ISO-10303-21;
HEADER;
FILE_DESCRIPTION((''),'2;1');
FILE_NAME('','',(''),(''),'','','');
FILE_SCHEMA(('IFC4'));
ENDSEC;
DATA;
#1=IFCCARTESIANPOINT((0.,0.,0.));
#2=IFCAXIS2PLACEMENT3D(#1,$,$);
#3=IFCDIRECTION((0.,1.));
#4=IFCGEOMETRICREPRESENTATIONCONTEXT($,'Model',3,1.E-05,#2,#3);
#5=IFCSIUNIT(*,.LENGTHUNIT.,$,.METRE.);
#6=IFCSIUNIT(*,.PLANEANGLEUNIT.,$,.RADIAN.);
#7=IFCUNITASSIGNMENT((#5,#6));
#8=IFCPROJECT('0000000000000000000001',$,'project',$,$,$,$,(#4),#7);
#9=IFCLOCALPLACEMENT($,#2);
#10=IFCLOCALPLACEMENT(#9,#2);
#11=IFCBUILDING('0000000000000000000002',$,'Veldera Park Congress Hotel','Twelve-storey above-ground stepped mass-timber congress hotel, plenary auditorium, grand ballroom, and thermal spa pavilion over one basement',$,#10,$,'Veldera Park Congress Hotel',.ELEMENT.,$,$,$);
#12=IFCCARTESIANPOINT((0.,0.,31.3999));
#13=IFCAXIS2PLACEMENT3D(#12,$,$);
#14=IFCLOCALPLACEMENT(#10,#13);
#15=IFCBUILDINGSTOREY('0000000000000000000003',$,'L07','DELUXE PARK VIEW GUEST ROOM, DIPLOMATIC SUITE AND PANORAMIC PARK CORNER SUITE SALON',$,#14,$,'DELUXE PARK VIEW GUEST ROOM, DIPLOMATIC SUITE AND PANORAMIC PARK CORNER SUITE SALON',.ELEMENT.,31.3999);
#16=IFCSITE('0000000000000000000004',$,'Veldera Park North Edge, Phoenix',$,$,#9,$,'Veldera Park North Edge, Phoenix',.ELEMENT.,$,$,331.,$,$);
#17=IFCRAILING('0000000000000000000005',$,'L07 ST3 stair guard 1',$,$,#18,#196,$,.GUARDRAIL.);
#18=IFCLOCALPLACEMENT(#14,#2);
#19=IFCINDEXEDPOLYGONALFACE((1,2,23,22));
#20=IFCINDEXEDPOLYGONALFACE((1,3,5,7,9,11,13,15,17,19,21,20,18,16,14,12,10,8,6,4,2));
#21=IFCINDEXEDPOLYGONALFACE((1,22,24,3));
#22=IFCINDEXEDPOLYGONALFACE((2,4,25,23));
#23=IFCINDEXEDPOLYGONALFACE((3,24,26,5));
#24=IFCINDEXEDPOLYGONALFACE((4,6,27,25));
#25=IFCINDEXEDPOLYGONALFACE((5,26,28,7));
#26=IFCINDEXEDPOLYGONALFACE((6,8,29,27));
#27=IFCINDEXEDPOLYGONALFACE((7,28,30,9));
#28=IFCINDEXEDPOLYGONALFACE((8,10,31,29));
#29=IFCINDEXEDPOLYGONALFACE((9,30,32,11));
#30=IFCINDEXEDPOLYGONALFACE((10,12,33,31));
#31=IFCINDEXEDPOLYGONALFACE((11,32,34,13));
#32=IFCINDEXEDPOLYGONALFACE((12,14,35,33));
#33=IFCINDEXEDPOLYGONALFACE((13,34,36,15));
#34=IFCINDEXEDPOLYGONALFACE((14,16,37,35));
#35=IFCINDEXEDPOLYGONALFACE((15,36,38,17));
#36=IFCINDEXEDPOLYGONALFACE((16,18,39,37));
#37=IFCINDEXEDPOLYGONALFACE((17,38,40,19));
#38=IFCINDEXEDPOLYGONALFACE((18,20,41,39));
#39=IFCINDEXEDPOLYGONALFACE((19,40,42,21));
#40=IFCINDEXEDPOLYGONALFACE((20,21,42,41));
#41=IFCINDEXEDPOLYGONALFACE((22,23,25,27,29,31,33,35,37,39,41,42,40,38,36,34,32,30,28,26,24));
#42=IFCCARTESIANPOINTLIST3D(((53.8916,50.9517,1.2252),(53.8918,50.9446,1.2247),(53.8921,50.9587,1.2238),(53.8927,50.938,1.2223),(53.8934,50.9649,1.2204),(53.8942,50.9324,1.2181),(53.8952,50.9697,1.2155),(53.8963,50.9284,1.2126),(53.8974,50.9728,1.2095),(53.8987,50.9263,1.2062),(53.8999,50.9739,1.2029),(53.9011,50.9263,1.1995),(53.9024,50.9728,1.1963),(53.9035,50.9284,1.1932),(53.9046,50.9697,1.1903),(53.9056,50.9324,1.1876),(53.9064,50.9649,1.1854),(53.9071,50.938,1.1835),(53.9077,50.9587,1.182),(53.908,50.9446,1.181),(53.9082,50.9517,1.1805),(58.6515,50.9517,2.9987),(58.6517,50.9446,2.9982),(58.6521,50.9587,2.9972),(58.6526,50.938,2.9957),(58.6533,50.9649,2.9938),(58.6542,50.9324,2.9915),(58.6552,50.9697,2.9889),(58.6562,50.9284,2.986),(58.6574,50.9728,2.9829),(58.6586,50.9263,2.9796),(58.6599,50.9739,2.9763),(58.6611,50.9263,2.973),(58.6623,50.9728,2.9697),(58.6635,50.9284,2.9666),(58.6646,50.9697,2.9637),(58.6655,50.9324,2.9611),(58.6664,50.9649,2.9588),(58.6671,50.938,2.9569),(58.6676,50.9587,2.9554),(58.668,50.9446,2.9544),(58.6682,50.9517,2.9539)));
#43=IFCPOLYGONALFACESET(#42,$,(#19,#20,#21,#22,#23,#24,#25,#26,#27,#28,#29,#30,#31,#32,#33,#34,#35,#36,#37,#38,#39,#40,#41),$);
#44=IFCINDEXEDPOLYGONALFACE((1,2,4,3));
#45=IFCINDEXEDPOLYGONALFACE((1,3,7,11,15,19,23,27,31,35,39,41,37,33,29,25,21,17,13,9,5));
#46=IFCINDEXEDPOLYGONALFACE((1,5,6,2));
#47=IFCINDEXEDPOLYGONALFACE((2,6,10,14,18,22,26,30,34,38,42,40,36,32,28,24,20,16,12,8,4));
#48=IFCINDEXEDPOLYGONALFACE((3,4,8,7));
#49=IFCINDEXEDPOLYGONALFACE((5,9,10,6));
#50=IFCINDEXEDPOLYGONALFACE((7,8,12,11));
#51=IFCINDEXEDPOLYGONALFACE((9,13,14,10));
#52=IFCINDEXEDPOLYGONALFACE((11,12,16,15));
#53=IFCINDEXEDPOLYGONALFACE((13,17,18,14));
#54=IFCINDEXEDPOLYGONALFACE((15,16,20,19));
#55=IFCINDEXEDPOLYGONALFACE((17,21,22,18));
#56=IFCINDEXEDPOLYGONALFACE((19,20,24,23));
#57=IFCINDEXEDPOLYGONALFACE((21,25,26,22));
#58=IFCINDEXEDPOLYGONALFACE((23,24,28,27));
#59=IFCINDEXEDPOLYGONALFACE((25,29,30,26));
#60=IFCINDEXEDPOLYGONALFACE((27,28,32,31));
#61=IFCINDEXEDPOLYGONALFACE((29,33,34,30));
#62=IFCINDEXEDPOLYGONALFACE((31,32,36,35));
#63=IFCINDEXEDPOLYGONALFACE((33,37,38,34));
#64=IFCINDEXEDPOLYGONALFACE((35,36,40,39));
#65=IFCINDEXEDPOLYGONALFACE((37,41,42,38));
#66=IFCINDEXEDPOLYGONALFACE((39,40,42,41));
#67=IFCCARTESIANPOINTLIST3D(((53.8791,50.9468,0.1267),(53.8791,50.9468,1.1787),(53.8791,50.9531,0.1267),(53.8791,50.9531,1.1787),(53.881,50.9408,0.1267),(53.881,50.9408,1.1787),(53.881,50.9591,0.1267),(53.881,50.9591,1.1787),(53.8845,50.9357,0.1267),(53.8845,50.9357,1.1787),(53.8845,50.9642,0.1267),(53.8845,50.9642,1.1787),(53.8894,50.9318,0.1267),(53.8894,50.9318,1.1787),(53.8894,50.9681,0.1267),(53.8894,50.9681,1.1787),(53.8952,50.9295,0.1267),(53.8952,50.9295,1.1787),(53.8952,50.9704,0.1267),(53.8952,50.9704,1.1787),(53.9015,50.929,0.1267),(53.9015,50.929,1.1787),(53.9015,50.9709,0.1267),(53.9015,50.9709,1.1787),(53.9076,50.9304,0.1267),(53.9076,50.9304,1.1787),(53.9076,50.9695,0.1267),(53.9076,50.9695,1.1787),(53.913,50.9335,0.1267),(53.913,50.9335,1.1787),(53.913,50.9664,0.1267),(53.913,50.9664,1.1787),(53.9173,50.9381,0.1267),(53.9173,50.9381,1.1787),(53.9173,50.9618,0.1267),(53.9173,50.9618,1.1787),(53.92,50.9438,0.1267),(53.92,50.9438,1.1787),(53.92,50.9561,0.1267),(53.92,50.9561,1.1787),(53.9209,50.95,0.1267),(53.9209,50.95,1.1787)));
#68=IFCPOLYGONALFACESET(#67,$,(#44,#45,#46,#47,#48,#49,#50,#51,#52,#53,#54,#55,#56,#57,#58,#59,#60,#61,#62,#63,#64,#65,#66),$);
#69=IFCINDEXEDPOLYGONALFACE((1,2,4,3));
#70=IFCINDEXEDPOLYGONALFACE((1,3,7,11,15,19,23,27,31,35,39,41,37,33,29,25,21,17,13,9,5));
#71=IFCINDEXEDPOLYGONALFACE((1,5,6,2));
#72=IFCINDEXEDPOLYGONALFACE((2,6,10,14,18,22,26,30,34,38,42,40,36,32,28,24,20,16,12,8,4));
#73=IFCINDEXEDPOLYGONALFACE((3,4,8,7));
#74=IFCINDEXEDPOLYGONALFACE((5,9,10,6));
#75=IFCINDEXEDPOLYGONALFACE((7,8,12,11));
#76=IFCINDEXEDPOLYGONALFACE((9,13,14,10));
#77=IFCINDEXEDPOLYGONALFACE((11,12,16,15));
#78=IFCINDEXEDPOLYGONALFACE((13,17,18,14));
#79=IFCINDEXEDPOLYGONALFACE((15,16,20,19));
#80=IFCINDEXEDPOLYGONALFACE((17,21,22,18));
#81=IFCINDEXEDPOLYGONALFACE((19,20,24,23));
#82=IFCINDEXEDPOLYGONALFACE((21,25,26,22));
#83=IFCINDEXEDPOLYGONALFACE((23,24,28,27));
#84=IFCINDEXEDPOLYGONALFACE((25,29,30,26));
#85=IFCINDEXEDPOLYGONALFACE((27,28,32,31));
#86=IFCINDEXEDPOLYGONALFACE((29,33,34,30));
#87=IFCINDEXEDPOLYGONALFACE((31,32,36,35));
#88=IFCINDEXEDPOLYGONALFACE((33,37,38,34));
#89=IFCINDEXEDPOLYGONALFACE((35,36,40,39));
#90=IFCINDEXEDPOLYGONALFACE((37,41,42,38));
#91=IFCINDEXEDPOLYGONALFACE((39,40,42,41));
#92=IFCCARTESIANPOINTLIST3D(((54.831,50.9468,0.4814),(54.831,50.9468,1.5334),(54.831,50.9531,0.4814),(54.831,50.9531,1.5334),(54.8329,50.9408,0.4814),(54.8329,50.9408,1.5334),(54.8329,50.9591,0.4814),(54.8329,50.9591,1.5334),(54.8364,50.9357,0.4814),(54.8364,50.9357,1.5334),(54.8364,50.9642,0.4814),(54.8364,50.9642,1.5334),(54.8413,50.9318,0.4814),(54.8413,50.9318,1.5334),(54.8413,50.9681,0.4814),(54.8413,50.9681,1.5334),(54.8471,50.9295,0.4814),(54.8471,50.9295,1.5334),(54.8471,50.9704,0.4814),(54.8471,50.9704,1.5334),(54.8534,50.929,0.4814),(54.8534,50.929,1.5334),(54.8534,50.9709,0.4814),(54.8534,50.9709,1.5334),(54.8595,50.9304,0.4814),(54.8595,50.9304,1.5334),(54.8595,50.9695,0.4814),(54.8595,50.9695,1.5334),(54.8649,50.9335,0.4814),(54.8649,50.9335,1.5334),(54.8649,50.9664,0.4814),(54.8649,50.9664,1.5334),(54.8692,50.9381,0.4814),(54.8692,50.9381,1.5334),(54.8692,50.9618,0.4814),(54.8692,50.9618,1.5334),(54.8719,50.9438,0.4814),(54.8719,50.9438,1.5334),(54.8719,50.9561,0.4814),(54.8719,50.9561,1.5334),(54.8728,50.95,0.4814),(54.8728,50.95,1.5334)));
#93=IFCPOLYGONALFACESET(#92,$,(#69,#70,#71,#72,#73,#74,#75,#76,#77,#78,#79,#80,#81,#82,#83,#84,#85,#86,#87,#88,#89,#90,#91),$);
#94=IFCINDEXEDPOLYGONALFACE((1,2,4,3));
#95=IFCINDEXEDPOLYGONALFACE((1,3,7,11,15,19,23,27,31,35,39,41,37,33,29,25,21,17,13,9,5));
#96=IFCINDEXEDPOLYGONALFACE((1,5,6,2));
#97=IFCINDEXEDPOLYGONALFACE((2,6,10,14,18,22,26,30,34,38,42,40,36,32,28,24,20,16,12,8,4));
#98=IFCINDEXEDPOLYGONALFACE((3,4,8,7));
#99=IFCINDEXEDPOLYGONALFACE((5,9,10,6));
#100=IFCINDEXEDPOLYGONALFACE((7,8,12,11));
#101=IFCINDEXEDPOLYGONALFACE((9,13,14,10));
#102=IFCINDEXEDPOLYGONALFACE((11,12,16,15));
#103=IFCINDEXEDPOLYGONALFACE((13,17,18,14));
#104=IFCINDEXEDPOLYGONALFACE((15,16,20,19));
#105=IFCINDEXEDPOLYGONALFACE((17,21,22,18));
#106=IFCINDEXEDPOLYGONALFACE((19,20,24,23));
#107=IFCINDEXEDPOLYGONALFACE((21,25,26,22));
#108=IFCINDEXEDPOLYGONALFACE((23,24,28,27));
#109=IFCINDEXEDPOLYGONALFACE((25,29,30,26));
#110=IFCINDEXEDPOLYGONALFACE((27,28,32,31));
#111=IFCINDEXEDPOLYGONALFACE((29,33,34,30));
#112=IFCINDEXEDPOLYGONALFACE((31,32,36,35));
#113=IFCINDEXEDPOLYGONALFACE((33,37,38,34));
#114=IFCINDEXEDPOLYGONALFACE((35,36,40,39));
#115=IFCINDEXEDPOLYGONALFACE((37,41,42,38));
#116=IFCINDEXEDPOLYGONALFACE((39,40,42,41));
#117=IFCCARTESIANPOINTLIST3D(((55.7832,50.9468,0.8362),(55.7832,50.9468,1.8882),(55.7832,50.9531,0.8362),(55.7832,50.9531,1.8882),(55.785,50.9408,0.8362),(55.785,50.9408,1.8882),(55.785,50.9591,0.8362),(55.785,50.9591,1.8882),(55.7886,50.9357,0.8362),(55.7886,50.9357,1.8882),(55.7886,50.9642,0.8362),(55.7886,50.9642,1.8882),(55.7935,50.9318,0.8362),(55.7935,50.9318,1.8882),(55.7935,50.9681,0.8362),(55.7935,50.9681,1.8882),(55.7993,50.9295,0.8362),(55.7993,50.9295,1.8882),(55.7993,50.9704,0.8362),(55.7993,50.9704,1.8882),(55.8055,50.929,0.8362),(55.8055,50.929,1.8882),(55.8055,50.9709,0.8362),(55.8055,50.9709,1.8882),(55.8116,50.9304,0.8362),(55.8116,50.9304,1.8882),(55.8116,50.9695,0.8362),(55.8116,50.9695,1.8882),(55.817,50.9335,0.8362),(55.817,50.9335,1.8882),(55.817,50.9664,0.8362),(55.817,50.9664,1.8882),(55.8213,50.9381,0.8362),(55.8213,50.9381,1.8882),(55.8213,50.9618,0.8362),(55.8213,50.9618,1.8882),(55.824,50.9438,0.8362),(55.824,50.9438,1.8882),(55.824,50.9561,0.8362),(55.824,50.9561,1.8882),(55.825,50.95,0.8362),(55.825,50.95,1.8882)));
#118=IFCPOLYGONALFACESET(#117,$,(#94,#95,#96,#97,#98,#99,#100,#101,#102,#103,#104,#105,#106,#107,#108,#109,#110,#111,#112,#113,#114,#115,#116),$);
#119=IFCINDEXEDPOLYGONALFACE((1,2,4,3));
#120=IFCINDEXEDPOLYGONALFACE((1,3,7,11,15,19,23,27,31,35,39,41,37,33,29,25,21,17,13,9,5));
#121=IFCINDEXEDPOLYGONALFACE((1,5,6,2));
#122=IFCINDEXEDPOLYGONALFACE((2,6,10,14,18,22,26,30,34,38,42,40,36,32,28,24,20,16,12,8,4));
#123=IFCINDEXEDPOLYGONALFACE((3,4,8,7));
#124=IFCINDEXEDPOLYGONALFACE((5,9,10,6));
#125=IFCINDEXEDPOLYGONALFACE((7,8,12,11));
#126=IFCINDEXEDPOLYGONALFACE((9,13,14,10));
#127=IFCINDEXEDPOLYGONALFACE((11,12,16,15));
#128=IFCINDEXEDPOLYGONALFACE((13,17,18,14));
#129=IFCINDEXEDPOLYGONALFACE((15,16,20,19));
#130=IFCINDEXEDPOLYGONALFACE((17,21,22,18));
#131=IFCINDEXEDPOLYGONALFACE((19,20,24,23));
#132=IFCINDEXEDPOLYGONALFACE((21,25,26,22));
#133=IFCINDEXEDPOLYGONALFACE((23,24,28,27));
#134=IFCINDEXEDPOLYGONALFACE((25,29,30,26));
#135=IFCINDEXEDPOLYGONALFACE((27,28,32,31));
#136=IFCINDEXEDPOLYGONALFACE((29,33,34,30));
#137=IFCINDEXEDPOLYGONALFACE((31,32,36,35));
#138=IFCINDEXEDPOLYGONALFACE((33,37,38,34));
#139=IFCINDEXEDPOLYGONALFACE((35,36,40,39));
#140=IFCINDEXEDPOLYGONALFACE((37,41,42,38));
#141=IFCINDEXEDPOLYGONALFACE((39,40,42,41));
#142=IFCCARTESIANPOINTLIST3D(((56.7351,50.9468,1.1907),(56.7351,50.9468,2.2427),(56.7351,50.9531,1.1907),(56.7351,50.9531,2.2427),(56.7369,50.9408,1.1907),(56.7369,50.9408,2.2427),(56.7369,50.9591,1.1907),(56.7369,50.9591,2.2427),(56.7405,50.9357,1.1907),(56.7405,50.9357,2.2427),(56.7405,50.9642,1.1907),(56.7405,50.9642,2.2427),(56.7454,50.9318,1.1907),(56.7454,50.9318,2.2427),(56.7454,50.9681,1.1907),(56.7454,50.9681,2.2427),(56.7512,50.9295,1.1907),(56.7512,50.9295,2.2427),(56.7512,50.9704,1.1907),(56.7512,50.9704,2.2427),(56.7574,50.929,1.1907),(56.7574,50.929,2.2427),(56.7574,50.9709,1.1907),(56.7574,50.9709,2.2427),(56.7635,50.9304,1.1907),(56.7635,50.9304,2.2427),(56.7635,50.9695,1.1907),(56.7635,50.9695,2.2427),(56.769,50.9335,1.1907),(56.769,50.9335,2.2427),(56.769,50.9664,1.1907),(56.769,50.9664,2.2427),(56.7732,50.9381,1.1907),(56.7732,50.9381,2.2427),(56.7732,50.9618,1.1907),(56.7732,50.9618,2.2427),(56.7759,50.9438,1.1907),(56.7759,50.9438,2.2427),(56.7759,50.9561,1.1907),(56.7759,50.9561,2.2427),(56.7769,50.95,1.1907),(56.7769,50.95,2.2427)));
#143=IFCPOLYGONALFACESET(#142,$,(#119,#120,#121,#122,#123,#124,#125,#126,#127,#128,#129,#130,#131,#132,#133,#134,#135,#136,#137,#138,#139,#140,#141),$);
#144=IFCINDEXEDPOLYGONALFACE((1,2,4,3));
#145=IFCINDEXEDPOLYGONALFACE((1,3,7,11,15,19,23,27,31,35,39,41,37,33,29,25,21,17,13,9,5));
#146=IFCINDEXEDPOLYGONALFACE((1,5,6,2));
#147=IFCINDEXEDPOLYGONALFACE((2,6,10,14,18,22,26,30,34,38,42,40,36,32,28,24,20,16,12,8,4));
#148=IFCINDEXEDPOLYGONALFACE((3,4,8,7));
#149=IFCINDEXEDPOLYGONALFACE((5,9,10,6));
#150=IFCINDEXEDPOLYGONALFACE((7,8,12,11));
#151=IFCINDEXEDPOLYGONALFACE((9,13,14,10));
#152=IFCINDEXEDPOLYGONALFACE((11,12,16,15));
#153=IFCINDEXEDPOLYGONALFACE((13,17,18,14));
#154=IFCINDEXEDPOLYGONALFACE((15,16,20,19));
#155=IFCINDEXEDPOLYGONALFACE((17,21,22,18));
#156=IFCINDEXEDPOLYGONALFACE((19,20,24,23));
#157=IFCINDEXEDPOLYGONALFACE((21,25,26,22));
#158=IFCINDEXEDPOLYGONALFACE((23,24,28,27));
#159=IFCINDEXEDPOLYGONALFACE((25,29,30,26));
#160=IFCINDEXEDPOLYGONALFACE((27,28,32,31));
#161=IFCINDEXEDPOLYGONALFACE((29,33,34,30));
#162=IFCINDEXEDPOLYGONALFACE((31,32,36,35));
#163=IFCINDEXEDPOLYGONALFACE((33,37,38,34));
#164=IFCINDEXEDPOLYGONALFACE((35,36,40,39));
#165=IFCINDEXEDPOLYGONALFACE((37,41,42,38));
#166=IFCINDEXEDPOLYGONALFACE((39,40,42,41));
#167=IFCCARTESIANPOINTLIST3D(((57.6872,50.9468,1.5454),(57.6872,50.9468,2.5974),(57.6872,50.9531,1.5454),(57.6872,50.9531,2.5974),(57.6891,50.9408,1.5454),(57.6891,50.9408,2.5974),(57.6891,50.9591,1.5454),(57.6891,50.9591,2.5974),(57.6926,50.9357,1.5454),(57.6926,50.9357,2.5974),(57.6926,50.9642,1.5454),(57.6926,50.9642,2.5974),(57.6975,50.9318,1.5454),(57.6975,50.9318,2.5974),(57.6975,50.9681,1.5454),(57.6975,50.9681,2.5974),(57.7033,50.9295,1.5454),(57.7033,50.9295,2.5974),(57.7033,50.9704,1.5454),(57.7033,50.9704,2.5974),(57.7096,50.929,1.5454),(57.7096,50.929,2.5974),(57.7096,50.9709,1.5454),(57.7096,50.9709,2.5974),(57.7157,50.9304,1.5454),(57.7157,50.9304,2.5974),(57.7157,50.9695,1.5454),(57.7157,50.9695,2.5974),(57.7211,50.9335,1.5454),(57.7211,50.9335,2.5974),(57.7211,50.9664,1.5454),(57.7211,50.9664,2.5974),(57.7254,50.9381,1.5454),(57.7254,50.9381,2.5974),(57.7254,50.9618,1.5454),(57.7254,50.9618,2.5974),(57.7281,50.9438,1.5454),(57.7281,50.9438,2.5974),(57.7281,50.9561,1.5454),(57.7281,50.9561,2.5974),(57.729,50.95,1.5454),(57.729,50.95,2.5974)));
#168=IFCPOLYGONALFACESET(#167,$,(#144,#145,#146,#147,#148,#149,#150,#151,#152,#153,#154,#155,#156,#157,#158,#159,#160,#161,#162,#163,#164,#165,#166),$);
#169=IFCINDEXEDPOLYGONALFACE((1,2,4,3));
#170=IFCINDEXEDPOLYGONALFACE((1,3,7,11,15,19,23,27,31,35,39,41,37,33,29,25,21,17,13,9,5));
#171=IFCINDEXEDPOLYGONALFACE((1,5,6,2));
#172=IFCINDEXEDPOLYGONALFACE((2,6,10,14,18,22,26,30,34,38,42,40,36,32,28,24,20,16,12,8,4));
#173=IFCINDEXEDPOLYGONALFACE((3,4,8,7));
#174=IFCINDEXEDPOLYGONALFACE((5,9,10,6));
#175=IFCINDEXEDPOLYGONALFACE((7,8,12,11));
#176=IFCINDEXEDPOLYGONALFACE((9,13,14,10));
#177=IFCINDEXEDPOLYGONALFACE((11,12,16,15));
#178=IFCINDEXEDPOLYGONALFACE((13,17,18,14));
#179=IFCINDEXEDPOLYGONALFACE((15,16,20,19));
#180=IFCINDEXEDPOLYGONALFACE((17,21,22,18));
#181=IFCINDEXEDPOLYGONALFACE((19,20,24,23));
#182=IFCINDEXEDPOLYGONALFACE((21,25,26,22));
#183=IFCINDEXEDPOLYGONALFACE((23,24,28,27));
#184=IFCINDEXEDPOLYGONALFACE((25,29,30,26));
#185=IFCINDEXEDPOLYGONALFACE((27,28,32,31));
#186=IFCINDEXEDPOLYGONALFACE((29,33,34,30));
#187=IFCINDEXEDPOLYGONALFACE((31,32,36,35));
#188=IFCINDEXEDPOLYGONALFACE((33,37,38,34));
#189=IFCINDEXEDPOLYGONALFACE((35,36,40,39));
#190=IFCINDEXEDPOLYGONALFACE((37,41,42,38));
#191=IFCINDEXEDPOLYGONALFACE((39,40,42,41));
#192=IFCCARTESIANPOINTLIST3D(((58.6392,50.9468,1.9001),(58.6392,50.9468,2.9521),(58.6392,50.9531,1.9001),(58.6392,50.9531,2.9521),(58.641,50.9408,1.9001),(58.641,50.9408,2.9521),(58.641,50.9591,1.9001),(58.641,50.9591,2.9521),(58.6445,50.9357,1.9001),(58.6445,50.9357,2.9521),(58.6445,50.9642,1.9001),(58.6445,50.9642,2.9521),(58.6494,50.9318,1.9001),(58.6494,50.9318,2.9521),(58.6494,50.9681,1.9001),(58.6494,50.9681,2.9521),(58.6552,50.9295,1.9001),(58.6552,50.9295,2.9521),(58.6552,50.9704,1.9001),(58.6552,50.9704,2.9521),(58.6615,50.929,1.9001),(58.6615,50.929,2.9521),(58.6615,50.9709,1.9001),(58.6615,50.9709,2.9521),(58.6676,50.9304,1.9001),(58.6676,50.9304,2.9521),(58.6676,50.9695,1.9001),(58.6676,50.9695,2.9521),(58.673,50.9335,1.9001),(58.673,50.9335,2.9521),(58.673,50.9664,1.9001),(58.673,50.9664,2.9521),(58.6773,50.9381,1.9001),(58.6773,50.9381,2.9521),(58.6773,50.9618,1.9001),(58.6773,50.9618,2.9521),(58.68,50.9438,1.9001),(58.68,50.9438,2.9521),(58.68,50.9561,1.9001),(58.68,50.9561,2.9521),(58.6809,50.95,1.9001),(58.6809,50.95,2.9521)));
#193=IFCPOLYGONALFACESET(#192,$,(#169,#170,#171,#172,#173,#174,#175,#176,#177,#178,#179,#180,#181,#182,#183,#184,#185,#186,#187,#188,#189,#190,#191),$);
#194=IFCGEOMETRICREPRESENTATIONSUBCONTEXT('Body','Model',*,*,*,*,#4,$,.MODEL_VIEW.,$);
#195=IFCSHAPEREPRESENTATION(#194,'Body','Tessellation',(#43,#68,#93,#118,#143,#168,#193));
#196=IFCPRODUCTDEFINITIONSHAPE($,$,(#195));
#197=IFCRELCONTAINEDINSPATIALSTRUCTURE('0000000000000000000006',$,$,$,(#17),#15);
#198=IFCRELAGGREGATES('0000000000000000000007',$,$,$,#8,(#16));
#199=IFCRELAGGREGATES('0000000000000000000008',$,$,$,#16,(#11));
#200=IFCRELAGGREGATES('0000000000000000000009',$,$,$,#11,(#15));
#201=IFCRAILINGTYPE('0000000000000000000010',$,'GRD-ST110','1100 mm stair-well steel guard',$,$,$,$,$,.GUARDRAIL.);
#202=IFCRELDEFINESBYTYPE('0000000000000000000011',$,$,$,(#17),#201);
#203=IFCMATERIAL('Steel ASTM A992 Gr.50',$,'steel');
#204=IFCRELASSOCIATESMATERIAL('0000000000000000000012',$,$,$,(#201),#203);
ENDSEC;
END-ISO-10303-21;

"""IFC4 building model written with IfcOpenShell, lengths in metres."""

from ifc_helpers import new_model, si_unit, direction, frame, origin, origin_2d, place, context, subcontext, project, spatial, circle, extrude, material, type_object, element, save


model = new_model("IFC4")

# Units and contexts
model_context = context("Model", 3, precision=1e-05, world=origin(), true_north=direction((0.0, 1.0)))
body_context = subcontext(model_context, "Body", "Model", "MODEL_VIEW")
ifc_project = project(units=[si_unit("LENGTHUNIT", "METRE"), si_unit("PLANEANGLEUNIT", "RADIAN")], contexts=[model_context])

# Site, building, storey
site_placement = place(None, origin())
site = spatial("IfcSite", under=ifc_project, at=site_placement, Name="Veldera Park North Edge, Phoenix", LongName="Veldera Park North Edge, Phoenix", CompositionType="ELEMENT", RefElevation=331.0)
building_placement = place(site_placement, origin())
building = spatial("IfcBuilding", under=site, at=building_placement, Name="Veldera Park Congress Hotel", Description="Twelve-storey above-ground stepped mass-timber congress hotel, plenary auditorium, grand ballroom, and thermal spa pavilion over one basement", LongName="Veldera Park Congress Hotel", CompositionType="ELEMENT")
storey_placement = place(building_placement, frame((0.0, 0.0, 31.3999)))
storey = spatial("IfcBuildingStorey", under=building, at=storey_placement, Name="L07", Description="DELUXE PARK VIEW GUEST ROOM, DIPLOMATIC SUITE AND PANORAMIC PARK CORNER SUITE SALON", LongName="DELUXE PARK VIEW GUEST ROOM, DIPLOMATIC SUITE AND PANORAMIC PARK CORNER SUITE SALON", CompositionType="ELEMENT", Elevation=31.3999)

# Railing
ifc_material_1 = material(Name="Steel ASTM A992 Gr.50", Category="steel")
railing_type_1 = type_object("IfcRailingType", Name="GRD-ST110", Description="1100 mm stair-well steel guard", PredefinedType="GUARDRAIL", material=ifc_material_1)
railing_1_placement = place(storey_placement, frame((53.8999, 50.95, 0.1267)))
element("IfcRailing", 1, at=railing_1_placement, inside=storey, type_object=railing_type_1, Name="L07 ST3 stair guard 1", PredefinedType="GUARDRAIL", context=body_context, shape_type="SweptSolid", body=[
    extrude(circle(Radius=0.0239, at=origin_2d()), frame((0.0, 0.0, 1.0762), z_axis=(0.937076, 0.0, 0.349126), x_axis=(0.0, 1.0, 0.0)), (0.0, 0.0, 1.0), 5.0796),
    extrude(circle(Radius=0.021, at=origin_2d()), origin(), (0.0, 0.0, 1.0), 1.052),
    extrude(circle(Radius=0.021, at=origin_2d()), frame((0.9519, 0.0, 0.3547)), (0.0, 0.0, 1.0), 1.052),
    extrude(circle(Radius=0.021, at=origin_2d()), frame((1.9041, 0.0, 0.7095)), (0.0, 0.0, 1.0), 1.052),
    extrude(circle(Radius=0.021, at=origin_2d()), frame((2.856, 0.0, 1.064)), (0.0, 0.0, 1.0), 1.052),
    extrude(circle(Radius=0.021, at=origin_2d()), frame((3.8081, 0.0, 1.4187)), (0.0, 0.0, 1.0), 1.052),
    extrude(circle(Radius=0.021, at=origin_2d()), frame((4.76, 0.0, 1.7734)), (0.0, 0.0, 1.0), 1.052),
])

save(model, "model.ifc")
